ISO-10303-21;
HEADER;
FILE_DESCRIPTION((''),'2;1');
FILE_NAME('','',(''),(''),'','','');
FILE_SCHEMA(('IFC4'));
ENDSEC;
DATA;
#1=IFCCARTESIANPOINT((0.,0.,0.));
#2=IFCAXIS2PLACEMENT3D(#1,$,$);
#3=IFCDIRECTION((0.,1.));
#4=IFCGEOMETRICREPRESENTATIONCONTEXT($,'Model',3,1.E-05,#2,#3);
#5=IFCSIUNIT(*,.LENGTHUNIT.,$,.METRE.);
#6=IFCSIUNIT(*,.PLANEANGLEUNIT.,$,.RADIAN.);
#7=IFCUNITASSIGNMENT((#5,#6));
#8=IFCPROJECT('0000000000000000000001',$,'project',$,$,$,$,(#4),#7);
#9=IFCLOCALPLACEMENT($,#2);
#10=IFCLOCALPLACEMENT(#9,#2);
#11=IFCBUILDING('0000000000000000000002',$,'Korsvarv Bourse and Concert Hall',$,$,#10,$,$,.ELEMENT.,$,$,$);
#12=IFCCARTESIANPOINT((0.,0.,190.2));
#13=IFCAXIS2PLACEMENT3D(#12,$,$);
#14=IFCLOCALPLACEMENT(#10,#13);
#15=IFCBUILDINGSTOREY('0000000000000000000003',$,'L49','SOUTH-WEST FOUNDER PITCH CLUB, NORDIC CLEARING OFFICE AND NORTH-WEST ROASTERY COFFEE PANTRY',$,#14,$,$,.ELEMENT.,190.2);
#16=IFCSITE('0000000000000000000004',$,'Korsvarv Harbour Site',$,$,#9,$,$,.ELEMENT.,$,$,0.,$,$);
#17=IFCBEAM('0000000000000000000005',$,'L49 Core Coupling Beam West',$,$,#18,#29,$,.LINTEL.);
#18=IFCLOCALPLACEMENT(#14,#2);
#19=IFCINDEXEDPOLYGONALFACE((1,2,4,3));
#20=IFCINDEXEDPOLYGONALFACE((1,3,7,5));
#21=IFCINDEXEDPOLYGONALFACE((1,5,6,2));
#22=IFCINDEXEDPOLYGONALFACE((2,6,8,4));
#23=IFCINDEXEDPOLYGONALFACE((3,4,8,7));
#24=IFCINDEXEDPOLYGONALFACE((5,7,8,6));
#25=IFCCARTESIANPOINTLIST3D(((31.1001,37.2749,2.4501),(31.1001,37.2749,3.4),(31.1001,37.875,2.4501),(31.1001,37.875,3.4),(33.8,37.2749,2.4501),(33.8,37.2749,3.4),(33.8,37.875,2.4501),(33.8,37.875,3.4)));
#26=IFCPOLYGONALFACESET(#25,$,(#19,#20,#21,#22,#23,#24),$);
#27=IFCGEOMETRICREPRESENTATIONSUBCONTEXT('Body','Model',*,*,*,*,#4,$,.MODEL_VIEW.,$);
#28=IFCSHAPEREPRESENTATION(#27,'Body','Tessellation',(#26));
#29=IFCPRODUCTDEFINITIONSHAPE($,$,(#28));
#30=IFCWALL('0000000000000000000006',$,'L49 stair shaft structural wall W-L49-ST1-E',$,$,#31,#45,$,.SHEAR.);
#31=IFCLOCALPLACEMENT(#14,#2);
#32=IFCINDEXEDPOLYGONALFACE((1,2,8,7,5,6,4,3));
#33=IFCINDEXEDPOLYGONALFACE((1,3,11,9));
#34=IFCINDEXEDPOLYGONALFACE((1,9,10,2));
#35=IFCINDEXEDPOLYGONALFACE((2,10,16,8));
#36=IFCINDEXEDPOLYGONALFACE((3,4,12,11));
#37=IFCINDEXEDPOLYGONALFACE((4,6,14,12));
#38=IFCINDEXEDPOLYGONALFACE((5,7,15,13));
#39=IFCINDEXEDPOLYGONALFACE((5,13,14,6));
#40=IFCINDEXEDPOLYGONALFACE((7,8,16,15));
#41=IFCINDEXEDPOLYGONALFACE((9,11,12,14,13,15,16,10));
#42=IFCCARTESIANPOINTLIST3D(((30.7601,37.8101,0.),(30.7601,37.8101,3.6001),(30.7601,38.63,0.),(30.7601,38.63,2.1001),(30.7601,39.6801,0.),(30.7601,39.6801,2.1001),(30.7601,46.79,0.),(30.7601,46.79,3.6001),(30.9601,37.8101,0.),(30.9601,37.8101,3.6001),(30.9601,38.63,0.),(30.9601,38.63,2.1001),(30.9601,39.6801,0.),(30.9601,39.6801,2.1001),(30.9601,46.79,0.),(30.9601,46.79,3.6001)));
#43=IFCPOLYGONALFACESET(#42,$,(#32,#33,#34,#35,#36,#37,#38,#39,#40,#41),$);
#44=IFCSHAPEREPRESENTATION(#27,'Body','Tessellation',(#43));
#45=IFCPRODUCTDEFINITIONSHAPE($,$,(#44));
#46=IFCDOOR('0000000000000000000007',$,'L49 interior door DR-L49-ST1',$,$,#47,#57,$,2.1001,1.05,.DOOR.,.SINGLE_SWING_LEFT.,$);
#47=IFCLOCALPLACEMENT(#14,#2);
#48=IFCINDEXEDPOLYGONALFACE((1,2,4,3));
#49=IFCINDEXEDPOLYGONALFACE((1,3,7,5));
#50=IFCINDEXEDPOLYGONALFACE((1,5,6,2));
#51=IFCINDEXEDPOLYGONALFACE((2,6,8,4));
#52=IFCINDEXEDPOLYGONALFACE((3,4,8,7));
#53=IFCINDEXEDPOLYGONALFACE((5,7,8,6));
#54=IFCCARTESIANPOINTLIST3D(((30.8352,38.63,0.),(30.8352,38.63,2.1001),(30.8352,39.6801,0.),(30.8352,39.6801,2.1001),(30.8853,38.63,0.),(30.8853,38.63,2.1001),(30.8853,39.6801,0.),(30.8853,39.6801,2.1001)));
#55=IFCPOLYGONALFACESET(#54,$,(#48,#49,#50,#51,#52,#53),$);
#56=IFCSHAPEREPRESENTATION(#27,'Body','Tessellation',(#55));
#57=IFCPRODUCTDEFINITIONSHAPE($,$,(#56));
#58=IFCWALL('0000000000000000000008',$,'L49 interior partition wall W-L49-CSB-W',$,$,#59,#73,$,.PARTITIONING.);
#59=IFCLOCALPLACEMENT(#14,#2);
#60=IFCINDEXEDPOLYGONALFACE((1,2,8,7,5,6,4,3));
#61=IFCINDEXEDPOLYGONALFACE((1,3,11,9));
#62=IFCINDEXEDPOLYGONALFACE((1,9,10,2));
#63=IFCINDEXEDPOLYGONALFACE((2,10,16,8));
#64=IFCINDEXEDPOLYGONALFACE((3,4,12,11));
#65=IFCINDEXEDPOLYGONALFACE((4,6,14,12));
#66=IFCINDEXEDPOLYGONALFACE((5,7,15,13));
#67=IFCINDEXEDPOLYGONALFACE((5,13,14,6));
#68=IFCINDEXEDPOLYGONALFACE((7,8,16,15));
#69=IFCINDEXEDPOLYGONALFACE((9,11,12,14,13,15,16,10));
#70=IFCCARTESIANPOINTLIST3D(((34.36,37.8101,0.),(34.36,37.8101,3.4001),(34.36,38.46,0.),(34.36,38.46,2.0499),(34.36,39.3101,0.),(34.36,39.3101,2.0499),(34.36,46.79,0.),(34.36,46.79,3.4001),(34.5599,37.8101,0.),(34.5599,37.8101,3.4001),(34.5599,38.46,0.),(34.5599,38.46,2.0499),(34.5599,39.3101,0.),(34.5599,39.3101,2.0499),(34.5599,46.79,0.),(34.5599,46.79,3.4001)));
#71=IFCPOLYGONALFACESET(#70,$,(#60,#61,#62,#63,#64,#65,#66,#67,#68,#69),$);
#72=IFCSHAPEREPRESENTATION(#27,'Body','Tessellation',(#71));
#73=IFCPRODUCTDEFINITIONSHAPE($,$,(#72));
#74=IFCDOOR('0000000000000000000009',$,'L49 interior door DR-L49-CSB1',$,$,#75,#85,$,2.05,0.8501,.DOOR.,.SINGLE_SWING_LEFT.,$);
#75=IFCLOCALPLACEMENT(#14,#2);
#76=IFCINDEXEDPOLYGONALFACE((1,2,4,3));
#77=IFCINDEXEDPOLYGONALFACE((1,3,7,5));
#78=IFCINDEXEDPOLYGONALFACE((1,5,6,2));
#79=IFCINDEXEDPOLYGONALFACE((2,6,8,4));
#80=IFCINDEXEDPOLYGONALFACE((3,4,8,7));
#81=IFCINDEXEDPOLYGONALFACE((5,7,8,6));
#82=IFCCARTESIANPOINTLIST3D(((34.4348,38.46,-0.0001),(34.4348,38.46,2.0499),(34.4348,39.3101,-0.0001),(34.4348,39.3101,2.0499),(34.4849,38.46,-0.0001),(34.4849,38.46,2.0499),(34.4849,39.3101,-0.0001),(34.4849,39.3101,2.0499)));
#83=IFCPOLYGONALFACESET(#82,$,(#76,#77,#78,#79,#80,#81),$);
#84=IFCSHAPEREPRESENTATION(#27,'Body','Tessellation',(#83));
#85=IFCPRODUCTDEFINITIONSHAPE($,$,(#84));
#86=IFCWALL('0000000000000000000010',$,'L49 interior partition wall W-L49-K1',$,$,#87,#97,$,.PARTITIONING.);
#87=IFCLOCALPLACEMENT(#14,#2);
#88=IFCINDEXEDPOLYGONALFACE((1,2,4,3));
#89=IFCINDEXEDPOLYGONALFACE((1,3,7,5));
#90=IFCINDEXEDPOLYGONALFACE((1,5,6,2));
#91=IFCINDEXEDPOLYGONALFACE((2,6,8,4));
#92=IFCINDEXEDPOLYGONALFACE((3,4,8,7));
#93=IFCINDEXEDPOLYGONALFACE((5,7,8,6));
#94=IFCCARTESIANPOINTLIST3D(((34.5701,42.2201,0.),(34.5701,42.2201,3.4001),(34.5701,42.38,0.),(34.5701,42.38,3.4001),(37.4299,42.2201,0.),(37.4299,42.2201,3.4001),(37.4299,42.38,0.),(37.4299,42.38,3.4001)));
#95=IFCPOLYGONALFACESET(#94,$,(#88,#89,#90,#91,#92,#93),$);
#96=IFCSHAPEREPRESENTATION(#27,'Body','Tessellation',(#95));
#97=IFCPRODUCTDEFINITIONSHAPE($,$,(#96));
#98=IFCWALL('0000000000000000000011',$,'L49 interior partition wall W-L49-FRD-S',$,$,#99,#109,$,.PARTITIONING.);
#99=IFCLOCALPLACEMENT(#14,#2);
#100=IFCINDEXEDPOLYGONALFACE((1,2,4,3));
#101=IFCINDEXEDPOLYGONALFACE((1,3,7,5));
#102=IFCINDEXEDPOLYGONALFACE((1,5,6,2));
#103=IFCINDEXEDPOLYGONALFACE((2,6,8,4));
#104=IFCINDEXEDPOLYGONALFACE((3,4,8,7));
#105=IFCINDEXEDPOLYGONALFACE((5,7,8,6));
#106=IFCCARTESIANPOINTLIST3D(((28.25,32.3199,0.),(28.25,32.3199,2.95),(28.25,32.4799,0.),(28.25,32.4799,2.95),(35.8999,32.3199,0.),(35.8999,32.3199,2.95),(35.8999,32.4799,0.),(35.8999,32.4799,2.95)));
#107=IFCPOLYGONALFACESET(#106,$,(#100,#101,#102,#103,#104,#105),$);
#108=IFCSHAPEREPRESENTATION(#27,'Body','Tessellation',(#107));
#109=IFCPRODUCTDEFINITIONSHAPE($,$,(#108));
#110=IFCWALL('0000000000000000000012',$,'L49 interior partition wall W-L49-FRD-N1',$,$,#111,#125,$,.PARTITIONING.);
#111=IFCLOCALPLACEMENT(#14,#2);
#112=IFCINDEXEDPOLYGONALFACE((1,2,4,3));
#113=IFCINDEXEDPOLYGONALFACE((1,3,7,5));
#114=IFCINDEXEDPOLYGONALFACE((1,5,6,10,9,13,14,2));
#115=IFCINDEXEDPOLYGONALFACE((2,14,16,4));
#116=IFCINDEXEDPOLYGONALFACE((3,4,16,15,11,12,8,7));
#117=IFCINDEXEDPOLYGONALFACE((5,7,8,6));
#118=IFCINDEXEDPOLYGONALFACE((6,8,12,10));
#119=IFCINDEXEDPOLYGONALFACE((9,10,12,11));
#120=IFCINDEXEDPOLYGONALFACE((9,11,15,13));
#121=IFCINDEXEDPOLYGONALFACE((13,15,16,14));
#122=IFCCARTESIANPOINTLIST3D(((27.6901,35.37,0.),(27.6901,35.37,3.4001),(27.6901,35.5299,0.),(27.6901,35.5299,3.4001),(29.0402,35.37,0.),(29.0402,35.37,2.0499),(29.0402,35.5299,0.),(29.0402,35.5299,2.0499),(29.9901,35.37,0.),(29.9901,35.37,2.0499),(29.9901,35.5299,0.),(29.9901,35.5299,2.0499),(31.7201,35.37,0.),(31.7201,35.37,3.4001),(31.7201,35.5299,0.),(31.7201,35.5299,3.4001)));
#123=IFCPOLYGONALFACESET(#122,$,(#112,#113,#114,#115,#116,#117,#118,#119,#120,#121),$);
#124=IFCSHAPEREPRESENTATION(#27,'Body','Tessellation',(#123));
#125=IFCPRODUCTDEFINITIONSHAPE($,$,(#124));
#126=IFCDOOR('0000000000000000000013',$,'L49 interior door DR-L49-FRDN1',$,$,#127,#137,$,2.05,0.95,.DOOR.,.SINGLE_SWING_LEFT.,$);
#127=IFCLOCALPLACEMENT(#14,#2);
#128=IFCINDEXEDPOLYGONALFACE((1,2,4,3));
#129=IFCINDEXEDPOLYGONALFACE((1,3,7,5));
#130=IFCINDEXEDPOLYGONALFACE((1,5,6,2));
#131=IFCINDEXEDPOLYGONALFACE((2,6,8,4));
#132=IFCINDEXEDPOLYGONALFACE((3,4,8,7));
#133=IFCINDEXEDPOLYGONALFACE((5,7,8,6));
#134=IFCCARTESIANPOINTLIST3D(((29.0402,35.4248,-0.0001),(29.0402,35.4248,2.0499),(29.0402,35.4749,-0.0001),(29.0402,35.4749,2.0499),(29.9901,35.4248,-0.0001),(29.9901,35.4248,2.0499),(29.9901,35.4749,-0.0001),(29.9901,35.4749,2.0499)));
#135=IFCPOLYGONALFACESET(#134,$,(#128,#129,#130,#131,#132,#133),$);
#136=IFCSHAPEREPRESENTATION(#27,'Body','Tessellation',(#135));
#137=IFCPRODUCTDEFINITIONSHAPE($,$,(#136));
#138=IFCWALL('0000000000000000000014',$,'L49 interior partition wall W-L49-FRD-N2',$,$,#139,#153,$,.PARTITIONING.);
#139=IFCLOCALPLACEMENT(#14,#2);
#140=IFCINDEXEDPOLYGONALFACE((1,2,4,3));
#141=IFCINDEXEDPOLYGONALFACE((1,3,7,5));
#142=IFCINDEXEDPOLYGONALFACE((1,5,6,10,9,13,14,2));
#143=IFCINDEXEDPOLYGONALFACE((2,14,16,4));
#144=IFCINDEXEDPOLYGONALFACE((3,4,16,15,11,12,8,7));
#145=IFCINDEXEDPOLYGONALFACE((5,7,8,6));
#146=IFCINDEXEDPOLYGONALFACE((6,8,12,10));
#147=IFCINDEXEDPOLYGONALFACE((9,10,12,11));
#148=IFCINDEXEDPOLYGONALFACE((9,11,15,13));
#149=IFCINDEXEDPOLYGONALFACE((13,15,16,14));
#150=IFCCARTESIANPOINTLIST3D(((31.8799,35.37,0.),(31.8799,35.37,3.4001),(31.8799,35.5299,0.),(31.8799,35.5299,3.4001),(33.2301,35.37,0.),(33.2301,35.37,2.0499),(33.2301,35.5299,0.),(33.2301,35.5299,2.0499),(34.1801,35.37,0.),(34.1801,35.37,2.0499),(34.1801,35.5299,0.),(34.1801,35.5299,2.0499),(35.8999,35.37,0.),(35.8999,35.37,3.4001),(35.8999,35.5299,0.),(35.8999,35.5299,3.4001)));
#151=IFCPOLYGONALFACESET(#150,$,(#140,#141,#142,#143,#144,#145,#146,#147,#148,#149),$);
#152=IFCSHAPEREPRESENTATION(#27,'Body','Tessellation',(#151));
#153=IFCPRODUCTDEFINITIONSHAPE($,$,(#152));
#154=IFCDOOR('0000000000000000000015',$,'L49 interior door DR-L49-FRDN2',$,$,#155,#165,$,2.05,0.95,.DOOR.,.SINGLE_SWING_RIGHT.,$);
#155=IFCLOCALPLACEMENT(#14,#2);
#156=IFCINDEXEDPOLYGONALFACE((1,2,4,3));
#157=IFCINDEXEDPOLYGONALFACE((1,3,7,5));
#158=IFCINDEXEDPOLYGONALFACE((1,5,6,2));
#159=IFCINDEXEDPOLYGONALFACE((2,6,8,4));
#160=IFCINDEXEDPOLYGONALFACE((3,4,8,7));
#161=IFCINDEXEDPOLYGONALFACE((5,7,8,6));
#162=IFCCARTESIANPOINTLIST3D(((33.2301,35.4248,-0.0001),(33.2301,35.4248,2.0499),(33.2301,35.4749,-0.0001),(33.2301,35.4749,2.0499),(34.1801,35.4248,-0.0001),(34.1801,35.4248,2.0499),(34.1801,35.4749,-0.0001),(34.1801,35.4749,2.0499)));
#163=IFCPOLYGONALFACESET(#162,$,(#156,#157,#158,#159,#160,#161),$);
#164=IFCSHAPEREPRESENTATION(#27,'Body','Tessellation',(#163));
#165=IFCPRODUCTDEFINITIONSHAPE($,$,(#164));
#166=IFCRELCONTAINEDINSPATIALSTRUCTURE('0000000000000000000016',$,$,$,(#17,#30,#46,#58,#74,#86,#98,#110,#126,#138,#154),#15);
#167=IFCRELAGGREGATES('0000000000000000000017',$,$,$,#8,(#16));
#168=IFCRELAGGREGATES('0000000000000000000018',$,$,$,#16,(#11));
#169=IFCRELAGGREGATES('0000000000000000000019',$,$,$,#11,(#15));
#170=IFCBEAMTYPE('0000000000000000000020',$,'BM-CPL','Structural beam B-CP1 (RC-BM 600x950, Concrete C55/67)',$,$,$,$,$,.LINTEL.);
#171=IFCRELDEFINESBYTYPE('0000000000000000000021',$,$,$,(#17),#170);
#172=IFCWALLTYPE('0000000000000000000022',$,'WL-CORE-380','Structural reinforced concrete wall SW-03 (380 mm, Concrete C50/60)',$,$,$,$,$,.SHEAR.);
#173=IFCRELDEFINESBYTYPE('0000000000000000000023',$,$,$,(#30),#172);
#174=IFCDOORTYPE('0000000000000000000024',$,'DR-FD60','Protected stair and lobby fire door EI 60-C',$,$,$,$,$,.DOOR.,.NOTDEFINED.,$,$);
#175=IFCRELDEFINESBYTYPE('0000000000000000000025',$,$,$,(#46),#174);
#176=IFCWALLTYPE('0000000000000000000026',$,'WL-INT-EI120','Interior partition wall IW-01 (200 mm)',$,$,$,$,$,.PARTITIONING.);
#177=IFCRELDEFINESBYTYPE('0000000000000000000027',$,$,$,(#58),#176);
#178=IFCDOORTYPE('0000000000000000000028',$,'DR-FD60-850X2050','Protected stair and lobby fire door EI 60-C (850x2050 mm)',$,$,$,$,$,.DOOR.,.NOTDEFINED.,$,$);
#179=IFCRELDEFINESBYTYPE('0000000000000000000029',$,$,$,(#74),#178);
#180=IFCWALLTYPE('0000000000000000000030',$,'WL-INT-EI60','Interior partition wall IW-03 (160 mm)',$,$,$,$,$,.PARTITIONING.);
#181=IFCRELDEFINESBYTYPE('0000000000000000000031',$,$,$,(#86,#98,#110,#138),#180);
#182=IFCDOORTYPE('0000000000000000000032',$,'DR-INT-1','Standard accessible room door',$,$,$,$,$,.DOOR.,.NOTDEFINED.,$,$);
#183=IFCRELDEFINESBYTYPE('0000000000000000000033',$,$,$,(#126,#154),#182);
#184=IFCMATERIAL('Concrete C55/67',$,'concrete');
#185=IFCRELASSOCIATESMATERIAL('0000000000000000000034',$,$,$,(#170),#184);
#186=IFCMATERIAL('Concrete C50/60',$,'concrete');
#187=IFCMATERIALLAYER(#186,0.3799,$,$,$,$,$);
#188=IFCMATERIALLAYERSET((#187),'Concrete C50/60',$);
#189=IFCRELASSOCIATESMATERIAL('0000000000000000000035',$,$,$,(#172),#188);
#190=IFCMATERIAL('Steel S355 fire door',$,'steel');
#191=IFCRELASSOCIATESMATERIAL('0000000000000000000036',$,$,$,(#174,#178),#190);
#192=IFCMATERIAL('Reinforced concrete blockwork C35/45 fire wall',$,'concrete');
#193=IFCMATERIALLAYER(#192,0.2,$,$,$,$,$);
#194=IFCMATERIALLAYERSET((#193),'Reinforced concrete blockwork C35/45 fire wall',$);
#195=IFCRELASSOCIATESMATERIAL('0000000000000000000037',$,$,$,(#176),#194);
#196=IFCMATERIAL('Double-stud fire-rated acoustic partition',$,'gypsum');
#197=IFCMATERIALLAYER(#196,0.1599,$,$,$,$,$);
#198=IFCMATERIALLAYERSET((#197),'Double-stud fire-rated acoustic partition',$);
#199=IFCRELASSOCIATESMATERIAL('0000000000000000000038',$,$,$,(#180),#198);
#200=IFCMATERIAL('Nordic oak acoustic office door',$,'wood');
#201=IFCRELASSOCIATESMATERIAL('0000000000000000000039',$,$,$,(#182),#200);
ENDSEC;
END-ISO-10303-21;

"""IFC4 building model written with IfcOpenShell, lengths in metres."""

from ifc_helpers import new_model, si_unit, direction, frame, frame_2d, origin, origin_2d, place, context, subcontext, project, spatial, rectangle, extrude, source, transform, mapped, material, layer, layer_set, material_profile, profile_set, type_object, element, fill, save


model = new_model("IFC4")

# Units and contexts
model_context = context("Model", 3, precision=1e-05, world=origin(), true_north=direction((0.0, 1.0)))
body_context = subcontext(model_context, "Body", "Model", "MODEL_VIEW")
ifc_project = project(units=[si_unit("LENGTHUNIT", "METRE"), si_unit("PLANEANGLEUNIT", "RADIAN")], contexts=[model_context])

# Site, building, storey
site_placement = place(None, origin())
site = spatial("IfcSite", under=ifc_project, at=site_placement, Name="Korsvarv Harbour Site", CompositionType="ELEMENT", RefElevation=0.0)
building_placement = place(site_placement, origin())
building = spatial("IfcBuilding", under=site, at=building_placement, Name="Korsvarv Bourse and Concert Hall", CompositionType="ELEMENT")
storey_placement = place(building_placement, frame((0.0, 0.0, 190.2)))
storey = spatial("IfcBuildingStorey", under=building, at=storey_placement, Name="L49", Description="SOUTH-WEST FOUNDER PITCH CLUB, NORDIC CLEARING OFFICE AND NORTH-WEST ROASTERY COFFEE PANTRY", CompositionType="ELEMENT", Elevation=190.2)

# Beam
ifc_material_1 = material(Name="Concrete C55/67", Category="concrete")
ifc_material_profile = material_profile(ifc_material_1, rectangle(XDim=0.6001, YDim=0.95, at=origin_2d()), Name="RC-BM 600x950")
ifc_profile_set = profile_set([ifc_material_profile], Name="Concrete C55/67")
beam_type = type_object("IfcBeamType", Name="BM-CPL", Description="Structural beam B-CP1 (RC-BM 600x950, Concrete C55/67)", PredefinedType="LINTEL", material=ifc_profile_set)
shared_shape = source(origin(), body_context, "Body", "SweptSolid", [
    extrude(rectangle(XDim=0.6001, YDim=0.95, at=origin_2d()), origin(), (0.0, 0.0, 1.0), 2.7),
])
beam_placement = place(storey_placement, frame((31.1001, 37.575, 2.925), z_axis=(1.0, 0.0, 0.0), x_axis=(0.0, 1.0, 0.0)))
element("IfcBeam", 1, at=beam_placement, inside=storey, type_object=beam_type, Name="L49 Core Coupling Beam West", PredefinedType="LINTEL", context=body_context, shape_type="MappedRepresentation", body=[
    mapped(shared_shape, transform((0.0, 0.0, 0.0), scale=1.0)),
])

# Walls, openings, doors
ifc_material_2 = material(Name="Concrete C50/60", Category="concrete")
ifc_layer_1 = layer(ifc_material_2, 0.3799)
ifc_layer_set_1 = layer_set([ifc_layer_1], Name="Concrete C50/60")
wall_type_1 = type_object("IfcWallType", Name="WL-CORE-380", Description="Structural reinforced concrete wall SW-03 (380 mm, Concrete C50/60)", PredefinedType="SHEAR", material=ifc_layer_set_1)
wall_1_placement = place(storey_placement, frame((30.8601, 37.8101, 0.0), z_axis=(0.0, 0.0, 1.0), x_axis=(0.0, 1.0, 0.0)))
wall_1 = element("IfcWall", 2, at=wall_1_placement, inside=storey, type_object=wall_type_1, Name="L49 stair shaft structural wall W-L49-ST1-E", PredefinedType="SHEAR", context=body_context, shape_type="SweptSolid", body=[
    extrude(rectangle(XDim=8.98, YDim=0.2, at=frame_2d((4.49, 0.0))), origin(), (0.0, 0.0, 1.0), 3.6001),
])
opening_1_placement = place(wall_1_placement, frame((0.8201, 0.0, 0.0)))
opening_1 = element("IfcOpeningElement", 3, at=opening_1_placement, cuts=wall_1, PredefinedType="OPENING", context=body_context, shape_type="SweptSolid", body=[
    extrude(rectangle(XDim=1.05, YDim=2.1001, at=frame_2d((0.5249, 1.05))), frame((0.0, 0.1099, 0.0), z_axis=(0.0, -1.0, 0.0), x_axis=(1.0, 0.0, 0.0)), (0.0, 0.0, 1.0), 0.22),
])
ifc_material_3 = material(Name="Steel S355 fire door", Category="steel")
door_type_1 = type_object("IfcDoorType", Name="DR-FD60", Description="Protected stair and lobby fire door EI 60-C", OperationType="NOTDEFINED", PredefinedType="DOOR", material=ifc_material_3)
door_1_placement = place(opening_1_placement, origin())
door_1 = element("IfcDoor", 4, at=door_1_placement, inside=storey, type_object=door_type_1, Name="L49 interior door DR-L49-ST1", OperationType="SINGLE_SWING_LEFT", OverallHeight=2.1001, OverallWidth=1.05, PredefinedType="DOOR", context=body_context, shape_type="SweptSolid", body=[
    extrude(rectangle(XDim=1.05, YDim=2.1001, at=frame_2d((0.5249, 1.05))), frame((0.0, 0.0249, 0.0), z_axis=(0.0, -1.0, 0.0), x_axis=(1.0, 0.0, 0.0)), (0.0, 0.0, 1.0), 0.05),
])
fill(opening_1, door_1)
ifc_material_4 = material(Name="Reinforced concrete blockwork C35/45 fire wall", Category="concrete")
ifc_layer_2 = layer(ifc_material_4, 0.2)
ifc_layer_set_2 = layer_set([ifc_layer_2], Name="Reinforced concrete blockwork C35/45 fire wall")
wall_type_2 = type_object("IfcWallType", Name="WL-INT-EI120", Description="Interior partition wall IW-01 (200 mm)", PredefinedType="PARTITIONING", material=ifc_layer_set_2)
wall_2_placement = place(storey_placement, frame((34.46, 37.8101, 0.0), z_axis=(0.0, 0.0, 1.0), x_axis=(0.0, 1.0, 0.0)))
wall_2 = element("IfcWall", 5, at=wall_2_placement, inside=storey, type_object=wall_type_2, Name="L49 interior partition wall W-L49-CSB-W", PredefinedType="PARTITIONING", context=body_context, shape_type="SweptSolid", body=[
    extrude(rectangle(XDim=8.98, YDim=0.2, at=frame_2d((4.49, 0.0))), origin(), (0.0, 0.0, 1.0), 3.4001),
])
opening_2_placement = place(wall_2_placement, frame((0.6499, 0.0, 0.0)))
opening_2 = element("IfcOpeningElement", 6, at=opening_2_placement, cuts=wall_2, PredefinedType="OPENING", context=body_context, shape_type="SweptSolid", body=[
    extrude(rectangle(XDim=0.8501, YDim=2.05, at=frame_2d((0.425, 1.0249))), frame((0.0, 0.1099, 0.0), z_axis=(0.0, -1.0, 0.0), x_axis=(1.0, 0.0, 0.0)), (0.0, 0.0, 1.0), 0.22),
])
door_type_2 = type_object("IfcDoorType", Name="DR-FD60-850X2050", Description="Protected stair and lobby fire door EI 60-C (850x2050 mm)", OperationType="NOTDEFINED", PredefinedType="DOOR", material=ifc_material_3)
door_2_placement = place(opening_2_placement, frame((0.8501, 0.0, 0.0), z_axis=(0.0, 0.0, 1.0), x_axis=(-1.0, 0.0, 0.0)))
door_2 = element("IfcDoor", 7, at=door_2_placement, inside=storey, type_object=door_type_2, Name="L49 interior door DR-L49-CSB1", OperationType="SINGLE_SWING_LEFT", OverallHeight=2.05, OverallWidth=0.8501, PredefinedType="DOOR", context=body_context, shape_type="SweptSolid", body=[
    extrude(rectangle(XDim=0.8501, YDim=2.05, at=frame_2d((0.425, 1.0249))), frame((0.0, 0.0249, 0.0), z_axis=(0.0, -1.0, 0.0), x_axis=(1.0, 0.0, 0.0)), (0.0, 0.0, 1.0), 0.05),
])
fill(opening_2, door_2)

# Walls
ifc_material_5 = material(Name="Double-stud fire-rated acoustic partition", Category="gypsum")
ifc_layer_3 = layer(ifc_material_5, 0.1599)
ifc_layer_set_3 = layer_set([ifc_layer_3], Name="Double-stud fire-rated acoustic partition")
wall_type_3 = type_object("IfcWallType", Name="WL-INT-EI60", Description="Interior partition wall IW-03 (160 mm)", PredefinedType="PARTITIONING", material=ifc_layer_set_3)
wall_3_placement = place(storey_placement, frame((34.5701, 42.3, 0.0), z_axis=(0.0, 0.0, 1.0), x_axis=(1.0, 0.0, 0.0)))
element("IfcWall", 8, at=wall_3_placement, inside=storey, type_object=wall_type_3, Name="L49 interior partition wall W-L49-K1", PredefinedType="PARTITIONING", context=body_context, shape_type="SweptSolid", body=[
    extrude(rectangle(XDim=2.8599, YDim=0.1599, at=frame_2d((1.4299, 0.0))), origin(), (0.0, 0.0, 1.0), 3.4001),
])
wall_4_placement = place(storey_placement, frame((28.25, 32.3999, 0.0), z_axis=(0.0, 0.0, 1.0), x_axis=(1.0, 0.0, 0.0)))
element("IfcWall", 9, at=wall_4_placement, inside=storey, type_object=wall_type_3, Name="L49 interior partition wall W-L49-FRD-S", PredefinedType="PARTITIONING", context=body_context, shape_type="SweptSolid", body=[
    extrude(rectangle(XDim=7.6499, YDim=0.1599, at=frame_2d((3.825, 0.0))), origin(), (0.0, 0.0, 1.0), 2.95),
])

# Walls, openings, doors
wall_5_placement = place(storey_placement, frame((27.6899, 35.45, 0.0), z_axis=(0.0, 0.0, 1.0), x_axis=(1.0, 0.0, 0.0)))
wall_5 = element("IfcWall", 10, at=wall_5_placement, inside=storey, type_object=wall_type_3, Name="L49 interior partition wall W-L49-FRD-N1", PredefinedType="PARTITIONING", context=body_context, shape_type="SweptSolid", body=[
    extrude(rectangle(XDim=4.03, YDim=0.1599, at=frame_2d((2.0151, 0.0))), origin(), (0.0, 0.0, 1.0), 3.4001),
])
opening_3_placement = place(wall_5_placement, frame((1.3501, 0.0, 0.0)))
opening_3 = element("IfcOpeningElement", 11, at=opening_3_placement, cuts=wall_5, PredefinedType="OPENING", context=body_context, shape_type="SweptSolid", body=[
    extrude(rectangle(XDim=0.95, YDim=2.05, at=frame_2d((0.4751, 1.0249))), frame((0.0, 0.0898, 0.0), z_axis=(0.0, -1.0, 0.0), x_axis=(1.0, 0.0, 0.0)), (0.0, 0.0, 1.0), 0.1799),
])
ifc_material_6 = material(Name="Nordic oak acoustic office door", Category="wood")
door_type_3 = type_object("IfcDoorType", Name="DR-INT-1", Description="Standard accessible room door", OperationType="NOTDEFINED", PredefinedType="DOOR", material=ifc_material_6)
door_3_placement = place(opening_3_placement, origin())
door_3 = element("IfcDoor", 12, at=door_3_placement, inside=storey, type_object=door_type_3, Name="L49 interior door DR-L49-FRDN1", OperationType="SINGLE_SWING_LEFT", OverallHeight=2.05, OverallWidth=0.95, PredefinedType="DOOR", context=body_context, shape_type="SweptSolid", body=[
    extrude(rectangle(XDim=0.95, YDim=2.05, at=frame_2d((0.4751, 1.0249))), frame((0.0, 0.0249, 0.0), z_axis=(0.0, -1.0, 0.0), x_axis=(1.0, 0.0, 0.0)), (0.0, 0.0, 1.0), 0.05),
])
fill(opening_3, door_3)
wall_6_placement = place(storey_placement, frame((31.8799, 35.45, 0.0), z_axis=(0.0, 0.0, 1.0), x_axis=(1.0, 0.0, 0.0)))
wall_6 = element("IfcWall", 13, at=wall_6_placement, inside=storey, type_object=wall_type_3, Name="L49 interior partition wall W-L49-FRD-N2", PredefinedType="PARTITIONING", context=body_context, shape_type="SweptSolid", body=[
    extrude(rectangle(XDim=4.02, YDim=0.1599, at=frame_2d((2.01, 0.0))), origin(), (0.0, 0.0, 1.0), 3.4001),
])
opening_4_placement = place(wall_6_placement, frame((1.3501, 0.0, 0.0)))
opening_4 = element("IfcOpeningElement", 14, at=opening_4_placement, cuts=wall_6, PredefinedType="OPENING", context=body_context, shape_type="SweptSolid", body=[
    extrude(rectangle(XDim=0.95, YDim=2.05, at=frame_2d((0.4751, 1.0249))), frame((0.0, 0.0898, 0.0), z_axis=(0.0, -1.0, 0.0), x_axis=(1.0, 0.0, 0.0)), (0.0, 0.0, 1.0), 0.1799),
])
door_4_placement = place(opening_4_placement, origin())
door_4 = element("IfcDoor", 15, at=door_4_placement, inside=storey, type_object=door_type_3, Name="L49 interior door DR-L49-FRDN2", OperationType="SINGLE_SWING_RIGHT", OverallHeight=2.05, OverallWidth=0.95, PredefinedType="DOOR", context=body_context, shape_type="SweptSolid", body=[
    extrude(rectangle(XDim=0.95, YDim=2.05, at=frame_2d((0.4751, 1.0249))), frame((0.0, 0.0249, 0.0), z_axis=(0.0, -1.0, 0.0), x_axis=(1.0, 0.0, 0.0)), (0.0, 0.0, 1.0), 0.05),
])
fill(opening_4, door_4)

save(model, "model.ifc")
